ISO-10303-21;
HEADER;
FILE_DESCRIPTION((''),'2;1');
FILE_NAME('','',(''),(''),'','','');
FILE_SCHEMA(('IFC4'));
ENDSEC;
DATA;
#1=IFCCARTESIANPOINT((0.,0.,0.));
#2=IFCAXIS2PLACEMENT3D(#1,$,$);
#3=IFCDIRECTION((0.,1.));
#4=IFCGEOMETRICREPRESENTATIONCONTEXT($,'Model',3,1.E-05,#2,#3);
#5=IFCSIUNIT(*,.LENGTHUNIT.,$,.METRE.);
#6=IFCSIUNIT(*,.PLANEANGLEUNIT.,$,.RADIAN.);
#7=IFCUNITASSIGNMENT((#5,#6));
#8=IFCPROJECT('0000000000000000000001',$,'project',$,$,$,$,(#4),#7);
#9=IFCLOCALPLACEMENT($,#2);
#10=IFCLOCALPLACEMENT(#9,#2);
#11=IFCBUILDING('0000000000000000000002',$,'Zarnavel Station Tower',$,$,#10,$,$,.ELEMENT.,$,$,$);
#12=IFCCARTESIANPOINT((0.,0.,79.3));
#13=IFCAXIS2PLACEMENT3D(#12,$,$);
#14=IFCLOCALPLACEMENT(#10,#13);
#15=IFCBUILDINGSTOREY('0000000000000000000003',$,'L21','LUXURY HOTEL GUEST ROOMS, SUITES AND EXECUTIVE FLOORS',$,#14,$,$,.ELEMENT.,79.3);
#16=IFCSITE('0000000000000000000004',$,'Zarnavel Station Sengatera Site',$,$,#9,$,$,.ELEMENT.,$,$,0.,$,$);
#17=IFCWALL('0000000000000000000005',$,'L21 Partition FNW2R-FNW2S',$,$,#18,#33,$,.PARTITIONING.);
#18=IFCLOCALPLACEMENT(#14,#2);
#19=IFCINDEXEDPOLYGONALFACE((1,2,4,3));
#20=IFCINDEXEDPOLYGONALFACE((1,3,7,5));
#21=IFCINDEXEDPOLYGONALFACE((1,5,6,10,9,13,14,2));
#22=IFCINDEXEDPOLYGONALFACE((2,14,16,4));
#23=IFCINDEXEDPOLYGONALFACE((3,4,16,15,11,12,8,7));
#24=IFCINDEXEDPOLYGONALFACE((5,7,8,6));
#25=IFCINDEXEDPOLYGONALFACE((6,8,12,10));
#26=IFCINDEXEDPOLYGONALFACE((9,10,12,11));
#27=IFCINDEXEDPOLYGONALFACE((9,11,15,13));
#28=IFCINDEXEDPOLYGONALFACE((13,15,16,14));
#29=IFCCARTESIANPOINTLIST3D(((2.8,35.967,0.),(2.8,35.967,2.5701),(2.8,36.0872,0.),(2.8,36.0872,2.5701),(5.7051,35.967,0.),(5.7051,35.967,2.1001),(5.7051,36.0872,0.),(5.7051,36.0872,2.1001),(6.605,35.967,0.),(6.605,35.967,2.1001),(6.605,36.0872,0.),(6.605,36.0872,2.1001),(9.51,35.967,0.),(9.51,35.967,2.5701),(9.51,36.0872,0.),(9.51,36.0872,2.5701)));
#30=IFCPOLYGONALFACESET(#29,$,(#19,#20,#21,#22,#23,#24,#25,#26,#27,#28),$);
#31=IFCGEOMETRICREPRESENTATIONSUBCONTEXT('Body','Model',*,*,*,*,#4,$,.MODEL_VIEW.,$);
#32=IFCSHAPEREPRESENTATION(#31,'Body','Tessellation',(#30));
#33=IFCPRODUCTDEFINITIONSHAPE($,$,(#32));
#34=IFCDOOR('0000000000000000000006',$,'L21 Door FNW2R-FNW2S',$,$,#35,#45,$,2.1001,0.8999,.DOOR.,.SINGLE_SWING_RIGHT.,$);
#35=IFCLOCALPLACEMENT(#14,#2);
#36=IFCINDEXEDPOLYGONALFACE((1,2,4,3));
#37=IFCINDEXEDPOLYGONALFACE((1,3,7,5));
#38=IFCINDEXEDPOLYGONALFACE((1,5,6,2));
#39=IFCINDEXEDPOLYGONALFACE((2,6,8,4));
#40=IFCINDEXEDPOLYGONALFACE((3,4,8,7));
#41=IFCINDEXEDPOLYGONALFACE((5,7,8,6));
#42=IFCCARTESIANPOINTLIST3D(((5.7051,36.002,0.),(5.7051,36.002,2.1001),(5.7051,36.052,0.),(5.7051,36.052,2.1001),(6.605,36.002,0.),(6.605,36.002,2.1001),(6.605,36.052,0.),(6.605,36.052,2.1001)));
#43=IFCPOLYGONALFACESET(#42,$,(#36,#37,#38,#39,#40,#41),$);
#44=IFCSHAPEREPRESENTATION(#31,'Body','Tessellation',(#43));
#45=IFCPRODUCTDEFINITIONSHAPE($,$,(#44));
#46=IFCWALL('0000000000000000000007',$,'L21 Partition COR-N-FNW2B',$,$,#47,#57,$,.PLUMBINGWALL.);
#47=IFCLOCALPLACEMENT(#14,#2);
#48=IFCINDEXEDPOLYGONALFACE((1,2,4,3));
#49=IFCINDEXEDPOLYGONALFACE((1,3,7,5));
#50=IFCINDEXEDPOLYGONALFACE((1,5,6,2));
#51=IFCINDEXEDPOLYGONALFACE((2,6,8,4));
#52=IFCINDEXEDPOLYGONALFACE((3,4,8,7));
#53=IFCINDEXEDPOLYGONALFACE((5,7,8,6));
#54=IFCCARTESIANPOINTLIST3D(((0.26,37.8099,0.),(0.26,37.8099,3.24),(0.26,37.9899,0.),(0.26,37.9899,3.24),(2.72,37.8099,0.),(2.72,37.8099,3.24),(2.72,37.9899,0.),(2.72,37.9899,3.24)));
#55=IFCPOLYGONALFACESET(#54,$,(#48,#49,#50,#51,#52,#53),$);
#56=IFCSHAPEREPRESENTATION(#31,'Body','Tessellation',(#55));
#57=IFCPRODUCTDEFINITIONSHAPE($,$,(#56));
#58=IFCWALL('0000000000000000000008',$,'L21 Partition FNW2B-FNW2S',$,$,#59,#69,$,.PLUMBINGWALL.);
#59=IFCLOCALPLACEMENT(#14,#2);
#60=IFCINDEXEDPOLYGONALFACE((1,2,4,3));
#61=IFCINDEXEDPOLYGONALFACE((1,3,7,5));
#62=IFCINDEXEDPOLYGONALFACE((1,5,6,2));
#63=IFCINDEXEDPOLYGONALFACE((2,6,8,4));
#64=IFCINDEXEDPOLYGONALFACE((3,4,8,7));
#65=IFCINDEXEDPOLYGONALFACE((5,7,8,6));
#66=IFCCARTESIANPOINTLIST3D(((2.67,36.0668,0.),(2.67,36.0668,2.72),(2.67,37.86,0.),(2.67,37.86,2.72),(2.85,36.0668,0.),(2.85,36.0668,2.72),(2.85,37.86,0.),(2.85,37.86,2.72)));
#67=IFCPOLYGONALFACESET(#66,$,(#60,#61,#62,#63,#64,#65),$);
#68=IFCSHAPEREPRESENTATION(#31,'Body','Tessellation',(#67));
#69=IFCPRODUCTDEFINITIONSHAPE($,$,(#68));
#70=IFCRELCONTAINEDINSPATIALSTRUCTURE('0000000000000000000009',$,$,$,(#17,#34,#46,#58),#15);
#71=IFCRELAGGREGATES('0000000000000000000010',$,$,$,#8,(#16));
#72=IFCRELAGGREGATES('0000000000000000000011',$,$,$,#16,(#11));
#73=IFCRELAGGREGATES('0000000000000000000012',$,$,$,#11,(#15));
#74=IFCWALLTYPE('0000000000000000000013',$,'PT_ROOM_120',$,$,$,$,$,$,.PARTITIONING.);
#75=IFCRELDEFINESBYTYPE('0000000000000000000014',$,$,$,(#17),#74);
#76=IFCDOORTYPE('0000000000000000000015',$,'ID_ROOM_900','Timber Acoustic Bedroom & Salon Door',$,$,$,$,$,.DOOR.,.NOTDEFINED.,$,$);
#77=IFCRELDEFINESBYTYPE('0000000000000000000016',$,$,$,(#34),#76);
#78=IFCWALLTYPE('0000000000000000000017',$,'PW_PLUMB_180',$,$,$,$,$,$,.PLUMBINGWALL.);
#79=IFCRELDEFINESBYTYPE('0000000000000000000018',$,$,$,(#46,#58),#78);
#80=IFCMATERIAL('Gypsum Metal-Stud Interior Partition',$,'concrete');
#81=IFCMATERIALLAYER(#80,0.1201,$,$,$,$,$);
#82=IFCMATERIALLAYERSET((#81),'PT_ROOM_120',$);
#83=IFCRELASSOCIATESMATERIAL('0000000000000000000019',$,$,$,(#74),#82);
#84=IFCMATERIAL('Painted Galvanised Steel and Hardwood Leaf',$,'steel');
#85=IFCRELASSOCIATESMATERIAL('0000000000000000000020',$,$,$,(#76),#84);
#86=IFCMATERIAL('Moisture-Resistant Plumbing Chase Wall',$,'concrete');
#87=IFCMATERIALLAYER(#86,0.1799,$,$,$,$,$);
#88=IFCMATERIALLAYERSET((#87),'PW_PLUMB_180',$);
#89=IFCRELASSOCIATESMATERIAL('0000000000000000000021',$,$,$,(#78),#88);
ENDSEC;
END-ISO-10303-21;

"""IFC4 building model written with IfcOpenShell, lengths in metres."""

from ifc_helpers import new_model, si_unit, direction, frame, frame_2d, origin, place, context, subcontext, project, spatial, rectangle, extrude, material, layer, layer_set, type_object, element, fill, save


model = new_model("IFC4")

# Units and contexts
model_context = context("Model", 3, precision=1e-05, world=origin(), true_north=direction((0.0, 1.0)))
body_context = subcontext(model_context, "Body", "Model", "MODEL_VIEW")
ifc_project = project(units=[si_unit("LENGTHUNIT", "METRE"), si_unit("PLANEANGLEUNIT", "RADIAN")], contexts=[model_context])

# Site, building, storey
site_placement = place(None, origin())
site = spatial("IfcSite", under=ifc_project, at=site_placement, Name="Zarnavel Station Sengatera Site", CompositionType="ELEMENT", RefElevation=0.0)
building_placement = place(site_placement, origin())
building = spatial("IfcBuilding", under=site, at=building_placement, Name="Zarnavel Station Tower", CompositionType="ELEMENT")
storey_placement = place(building_placement, frame((0.0, 0.0, 79.3)))
storey = spatial("IfcBuildingStorey", under=building, at=storey_placement, Name="L21", Description="LUXURY HOTEL GUEST ROOMS, SUITES AND EXECUTIVE FLOORS", CompositionType="ELEMENT", Elevation=79.3)

# Wall, opening, door
ifc_material_1 = material(Name="Gypsum Metal-Stud Interior Partition", Category="concrete")
ifc_layer_1 = layer(ifc_material_1, 0.1201)
ifc_layer_set_1 = layer_set([ifc_layer_1], Name="PT_ROOM_120")
wall_type_1 = type_object("IfcWallType", Name="PT_ROOM_120", PredefinedType="PARTITIONING", material=ifc_layer_set_1)
ifc_material_2 = material(Name="Painted Galvanised Steel and Hardwood Leaf", Category="steel")
door_type = type_object("IfcDoorType", Name="ID_ROOM_900", Description="Timber Acoustic Bedroom & Salon Door", OperationType="NOTDEFINED", PredefinedType="DOOR", material=ifc_material_2)
wall_1_placement = place(storey_placement, frame((2.8, 36.0271, 0.0), z_axis=(0.0, 0.0, 1.0), x_axis=(1.0, 0.0, 0.0)))
wall_1 = element("IfcWall", 1, at=wall_1_placement, inside=storey, type_object=wall_type_1, Name="L21 Partition FNW2R-FNW2S", PredefinedType="PARTITIONING", context=body_context, shape_type="SweptSolid", body=[
    extrude(rectangle(XDim=6.71, YDim=0.1201, at=frame_2d((3.355, 0.0))), origin(), (0.0, 0.0, 1.0), 2.5701),
])
opening_1_placement = place(wall_1_placement, frame((2.905, 0.0, 0.0)))
opening_1 = element("IfcOpeningElement", 2, at=opening_1_placement, cuts=wall_1, PredefinedType="OPENING", context=body_context, shape_type="SweptSolid", body=[
    extrude(rectangle(XDim=0.8999, YDim=2.1001, at=frame_2d((0.45, 1.05))), frame((0.0, 0.0701, 0.0), z_axis=(0.0, -1.0, 0.0), x_axis=(1.0, 0.0, 0.0)), (0.0, 0.0, 1.0), 0.1401),
])
door_1_placement = place(opening_1_placement, origin())
door_1 = element("IfcDoor", 3, at=door_1_placement, inside=storey, type_object=door_type, Name="L21 Door FNW2R-FNW2S", OperationType="SINGLE_SWING_RIGHT", OverallHeight=2.1001, OverallWidth=0.8999, PredefinedType="DOOR", context=body_context, shape_type="SweptSolid", body=[
    extrude(rectangle(XDim=0.8999, YDim=2.1001, at=frame_2d((0.45, 1.05))), frame((0.0, 0.0249, 0.0), z_axis=(0.0, -1.0, 0.0), x_axis=(1.0, 0.0, 0.0)), (0.0, 0.0, 1.0), 0.05),
])
fill(opening_1, door_1)

# Walls
ifc_material_3 = material(Name="Moisture-Resistant Plumbing Chase Wall", Category="concrete")
ifc_layer_2 = layer(ifc_material_3, 0.1799)
ifc_layer_set_2 = layer_set([ifc_layer_2], Name="PW_PLUMB_180")
wall_type_2 = type_object("IfcWallType", Name="PW_PLUMB_180", PredefinedType="PLUMBINGWALL", material=ifc_layer_set_2)
wall_2_placement = place(storey_placement, frame((0.26, 37.8999, 0.0), z_axis=(0.0, 0.0, 1.0), x_axis=(1.0, 0.0, 0.0)))
element("IfcWall", 4, at=wall_2_placement, inside=storey, type_object=wall_type_2, Name="L21 Partition COR-N-FNW2B", PredefinedType="PLUMBINGWALL", context=body_context, shape_type="SweptSolid", body=[
    extrude(rectangle(XDim=2.46, YDim=0.1799, at=frame_2d((1.23, 0.0))), origin(), (0.0, 0.0, 1.0), 3.24),
])
wall_3_placement = place(storey_placement, frame((2.76, 36.0669, 0.0), z_axis=(0.0, 0.0, 1.0), x_axis=(0.0, 1.0, 0.0)))
element("IfcWall", 5, at=wall_3_placement, inside=storey, type_object=wall_type_2, Name="L21 Partition FNW2B-FNW2S", PredefinedType="PLUMBINGWALL", context=body_context, shape_type="SweptSolid", body=[
    extrude(rectangle(XDim=1.7932, YDim=0.1799, at=frame_2d((0.8965, 0.0))), origin(), (0.0, 0.0, 1.0), 2.72),
])

save(model, "model.ifc")
